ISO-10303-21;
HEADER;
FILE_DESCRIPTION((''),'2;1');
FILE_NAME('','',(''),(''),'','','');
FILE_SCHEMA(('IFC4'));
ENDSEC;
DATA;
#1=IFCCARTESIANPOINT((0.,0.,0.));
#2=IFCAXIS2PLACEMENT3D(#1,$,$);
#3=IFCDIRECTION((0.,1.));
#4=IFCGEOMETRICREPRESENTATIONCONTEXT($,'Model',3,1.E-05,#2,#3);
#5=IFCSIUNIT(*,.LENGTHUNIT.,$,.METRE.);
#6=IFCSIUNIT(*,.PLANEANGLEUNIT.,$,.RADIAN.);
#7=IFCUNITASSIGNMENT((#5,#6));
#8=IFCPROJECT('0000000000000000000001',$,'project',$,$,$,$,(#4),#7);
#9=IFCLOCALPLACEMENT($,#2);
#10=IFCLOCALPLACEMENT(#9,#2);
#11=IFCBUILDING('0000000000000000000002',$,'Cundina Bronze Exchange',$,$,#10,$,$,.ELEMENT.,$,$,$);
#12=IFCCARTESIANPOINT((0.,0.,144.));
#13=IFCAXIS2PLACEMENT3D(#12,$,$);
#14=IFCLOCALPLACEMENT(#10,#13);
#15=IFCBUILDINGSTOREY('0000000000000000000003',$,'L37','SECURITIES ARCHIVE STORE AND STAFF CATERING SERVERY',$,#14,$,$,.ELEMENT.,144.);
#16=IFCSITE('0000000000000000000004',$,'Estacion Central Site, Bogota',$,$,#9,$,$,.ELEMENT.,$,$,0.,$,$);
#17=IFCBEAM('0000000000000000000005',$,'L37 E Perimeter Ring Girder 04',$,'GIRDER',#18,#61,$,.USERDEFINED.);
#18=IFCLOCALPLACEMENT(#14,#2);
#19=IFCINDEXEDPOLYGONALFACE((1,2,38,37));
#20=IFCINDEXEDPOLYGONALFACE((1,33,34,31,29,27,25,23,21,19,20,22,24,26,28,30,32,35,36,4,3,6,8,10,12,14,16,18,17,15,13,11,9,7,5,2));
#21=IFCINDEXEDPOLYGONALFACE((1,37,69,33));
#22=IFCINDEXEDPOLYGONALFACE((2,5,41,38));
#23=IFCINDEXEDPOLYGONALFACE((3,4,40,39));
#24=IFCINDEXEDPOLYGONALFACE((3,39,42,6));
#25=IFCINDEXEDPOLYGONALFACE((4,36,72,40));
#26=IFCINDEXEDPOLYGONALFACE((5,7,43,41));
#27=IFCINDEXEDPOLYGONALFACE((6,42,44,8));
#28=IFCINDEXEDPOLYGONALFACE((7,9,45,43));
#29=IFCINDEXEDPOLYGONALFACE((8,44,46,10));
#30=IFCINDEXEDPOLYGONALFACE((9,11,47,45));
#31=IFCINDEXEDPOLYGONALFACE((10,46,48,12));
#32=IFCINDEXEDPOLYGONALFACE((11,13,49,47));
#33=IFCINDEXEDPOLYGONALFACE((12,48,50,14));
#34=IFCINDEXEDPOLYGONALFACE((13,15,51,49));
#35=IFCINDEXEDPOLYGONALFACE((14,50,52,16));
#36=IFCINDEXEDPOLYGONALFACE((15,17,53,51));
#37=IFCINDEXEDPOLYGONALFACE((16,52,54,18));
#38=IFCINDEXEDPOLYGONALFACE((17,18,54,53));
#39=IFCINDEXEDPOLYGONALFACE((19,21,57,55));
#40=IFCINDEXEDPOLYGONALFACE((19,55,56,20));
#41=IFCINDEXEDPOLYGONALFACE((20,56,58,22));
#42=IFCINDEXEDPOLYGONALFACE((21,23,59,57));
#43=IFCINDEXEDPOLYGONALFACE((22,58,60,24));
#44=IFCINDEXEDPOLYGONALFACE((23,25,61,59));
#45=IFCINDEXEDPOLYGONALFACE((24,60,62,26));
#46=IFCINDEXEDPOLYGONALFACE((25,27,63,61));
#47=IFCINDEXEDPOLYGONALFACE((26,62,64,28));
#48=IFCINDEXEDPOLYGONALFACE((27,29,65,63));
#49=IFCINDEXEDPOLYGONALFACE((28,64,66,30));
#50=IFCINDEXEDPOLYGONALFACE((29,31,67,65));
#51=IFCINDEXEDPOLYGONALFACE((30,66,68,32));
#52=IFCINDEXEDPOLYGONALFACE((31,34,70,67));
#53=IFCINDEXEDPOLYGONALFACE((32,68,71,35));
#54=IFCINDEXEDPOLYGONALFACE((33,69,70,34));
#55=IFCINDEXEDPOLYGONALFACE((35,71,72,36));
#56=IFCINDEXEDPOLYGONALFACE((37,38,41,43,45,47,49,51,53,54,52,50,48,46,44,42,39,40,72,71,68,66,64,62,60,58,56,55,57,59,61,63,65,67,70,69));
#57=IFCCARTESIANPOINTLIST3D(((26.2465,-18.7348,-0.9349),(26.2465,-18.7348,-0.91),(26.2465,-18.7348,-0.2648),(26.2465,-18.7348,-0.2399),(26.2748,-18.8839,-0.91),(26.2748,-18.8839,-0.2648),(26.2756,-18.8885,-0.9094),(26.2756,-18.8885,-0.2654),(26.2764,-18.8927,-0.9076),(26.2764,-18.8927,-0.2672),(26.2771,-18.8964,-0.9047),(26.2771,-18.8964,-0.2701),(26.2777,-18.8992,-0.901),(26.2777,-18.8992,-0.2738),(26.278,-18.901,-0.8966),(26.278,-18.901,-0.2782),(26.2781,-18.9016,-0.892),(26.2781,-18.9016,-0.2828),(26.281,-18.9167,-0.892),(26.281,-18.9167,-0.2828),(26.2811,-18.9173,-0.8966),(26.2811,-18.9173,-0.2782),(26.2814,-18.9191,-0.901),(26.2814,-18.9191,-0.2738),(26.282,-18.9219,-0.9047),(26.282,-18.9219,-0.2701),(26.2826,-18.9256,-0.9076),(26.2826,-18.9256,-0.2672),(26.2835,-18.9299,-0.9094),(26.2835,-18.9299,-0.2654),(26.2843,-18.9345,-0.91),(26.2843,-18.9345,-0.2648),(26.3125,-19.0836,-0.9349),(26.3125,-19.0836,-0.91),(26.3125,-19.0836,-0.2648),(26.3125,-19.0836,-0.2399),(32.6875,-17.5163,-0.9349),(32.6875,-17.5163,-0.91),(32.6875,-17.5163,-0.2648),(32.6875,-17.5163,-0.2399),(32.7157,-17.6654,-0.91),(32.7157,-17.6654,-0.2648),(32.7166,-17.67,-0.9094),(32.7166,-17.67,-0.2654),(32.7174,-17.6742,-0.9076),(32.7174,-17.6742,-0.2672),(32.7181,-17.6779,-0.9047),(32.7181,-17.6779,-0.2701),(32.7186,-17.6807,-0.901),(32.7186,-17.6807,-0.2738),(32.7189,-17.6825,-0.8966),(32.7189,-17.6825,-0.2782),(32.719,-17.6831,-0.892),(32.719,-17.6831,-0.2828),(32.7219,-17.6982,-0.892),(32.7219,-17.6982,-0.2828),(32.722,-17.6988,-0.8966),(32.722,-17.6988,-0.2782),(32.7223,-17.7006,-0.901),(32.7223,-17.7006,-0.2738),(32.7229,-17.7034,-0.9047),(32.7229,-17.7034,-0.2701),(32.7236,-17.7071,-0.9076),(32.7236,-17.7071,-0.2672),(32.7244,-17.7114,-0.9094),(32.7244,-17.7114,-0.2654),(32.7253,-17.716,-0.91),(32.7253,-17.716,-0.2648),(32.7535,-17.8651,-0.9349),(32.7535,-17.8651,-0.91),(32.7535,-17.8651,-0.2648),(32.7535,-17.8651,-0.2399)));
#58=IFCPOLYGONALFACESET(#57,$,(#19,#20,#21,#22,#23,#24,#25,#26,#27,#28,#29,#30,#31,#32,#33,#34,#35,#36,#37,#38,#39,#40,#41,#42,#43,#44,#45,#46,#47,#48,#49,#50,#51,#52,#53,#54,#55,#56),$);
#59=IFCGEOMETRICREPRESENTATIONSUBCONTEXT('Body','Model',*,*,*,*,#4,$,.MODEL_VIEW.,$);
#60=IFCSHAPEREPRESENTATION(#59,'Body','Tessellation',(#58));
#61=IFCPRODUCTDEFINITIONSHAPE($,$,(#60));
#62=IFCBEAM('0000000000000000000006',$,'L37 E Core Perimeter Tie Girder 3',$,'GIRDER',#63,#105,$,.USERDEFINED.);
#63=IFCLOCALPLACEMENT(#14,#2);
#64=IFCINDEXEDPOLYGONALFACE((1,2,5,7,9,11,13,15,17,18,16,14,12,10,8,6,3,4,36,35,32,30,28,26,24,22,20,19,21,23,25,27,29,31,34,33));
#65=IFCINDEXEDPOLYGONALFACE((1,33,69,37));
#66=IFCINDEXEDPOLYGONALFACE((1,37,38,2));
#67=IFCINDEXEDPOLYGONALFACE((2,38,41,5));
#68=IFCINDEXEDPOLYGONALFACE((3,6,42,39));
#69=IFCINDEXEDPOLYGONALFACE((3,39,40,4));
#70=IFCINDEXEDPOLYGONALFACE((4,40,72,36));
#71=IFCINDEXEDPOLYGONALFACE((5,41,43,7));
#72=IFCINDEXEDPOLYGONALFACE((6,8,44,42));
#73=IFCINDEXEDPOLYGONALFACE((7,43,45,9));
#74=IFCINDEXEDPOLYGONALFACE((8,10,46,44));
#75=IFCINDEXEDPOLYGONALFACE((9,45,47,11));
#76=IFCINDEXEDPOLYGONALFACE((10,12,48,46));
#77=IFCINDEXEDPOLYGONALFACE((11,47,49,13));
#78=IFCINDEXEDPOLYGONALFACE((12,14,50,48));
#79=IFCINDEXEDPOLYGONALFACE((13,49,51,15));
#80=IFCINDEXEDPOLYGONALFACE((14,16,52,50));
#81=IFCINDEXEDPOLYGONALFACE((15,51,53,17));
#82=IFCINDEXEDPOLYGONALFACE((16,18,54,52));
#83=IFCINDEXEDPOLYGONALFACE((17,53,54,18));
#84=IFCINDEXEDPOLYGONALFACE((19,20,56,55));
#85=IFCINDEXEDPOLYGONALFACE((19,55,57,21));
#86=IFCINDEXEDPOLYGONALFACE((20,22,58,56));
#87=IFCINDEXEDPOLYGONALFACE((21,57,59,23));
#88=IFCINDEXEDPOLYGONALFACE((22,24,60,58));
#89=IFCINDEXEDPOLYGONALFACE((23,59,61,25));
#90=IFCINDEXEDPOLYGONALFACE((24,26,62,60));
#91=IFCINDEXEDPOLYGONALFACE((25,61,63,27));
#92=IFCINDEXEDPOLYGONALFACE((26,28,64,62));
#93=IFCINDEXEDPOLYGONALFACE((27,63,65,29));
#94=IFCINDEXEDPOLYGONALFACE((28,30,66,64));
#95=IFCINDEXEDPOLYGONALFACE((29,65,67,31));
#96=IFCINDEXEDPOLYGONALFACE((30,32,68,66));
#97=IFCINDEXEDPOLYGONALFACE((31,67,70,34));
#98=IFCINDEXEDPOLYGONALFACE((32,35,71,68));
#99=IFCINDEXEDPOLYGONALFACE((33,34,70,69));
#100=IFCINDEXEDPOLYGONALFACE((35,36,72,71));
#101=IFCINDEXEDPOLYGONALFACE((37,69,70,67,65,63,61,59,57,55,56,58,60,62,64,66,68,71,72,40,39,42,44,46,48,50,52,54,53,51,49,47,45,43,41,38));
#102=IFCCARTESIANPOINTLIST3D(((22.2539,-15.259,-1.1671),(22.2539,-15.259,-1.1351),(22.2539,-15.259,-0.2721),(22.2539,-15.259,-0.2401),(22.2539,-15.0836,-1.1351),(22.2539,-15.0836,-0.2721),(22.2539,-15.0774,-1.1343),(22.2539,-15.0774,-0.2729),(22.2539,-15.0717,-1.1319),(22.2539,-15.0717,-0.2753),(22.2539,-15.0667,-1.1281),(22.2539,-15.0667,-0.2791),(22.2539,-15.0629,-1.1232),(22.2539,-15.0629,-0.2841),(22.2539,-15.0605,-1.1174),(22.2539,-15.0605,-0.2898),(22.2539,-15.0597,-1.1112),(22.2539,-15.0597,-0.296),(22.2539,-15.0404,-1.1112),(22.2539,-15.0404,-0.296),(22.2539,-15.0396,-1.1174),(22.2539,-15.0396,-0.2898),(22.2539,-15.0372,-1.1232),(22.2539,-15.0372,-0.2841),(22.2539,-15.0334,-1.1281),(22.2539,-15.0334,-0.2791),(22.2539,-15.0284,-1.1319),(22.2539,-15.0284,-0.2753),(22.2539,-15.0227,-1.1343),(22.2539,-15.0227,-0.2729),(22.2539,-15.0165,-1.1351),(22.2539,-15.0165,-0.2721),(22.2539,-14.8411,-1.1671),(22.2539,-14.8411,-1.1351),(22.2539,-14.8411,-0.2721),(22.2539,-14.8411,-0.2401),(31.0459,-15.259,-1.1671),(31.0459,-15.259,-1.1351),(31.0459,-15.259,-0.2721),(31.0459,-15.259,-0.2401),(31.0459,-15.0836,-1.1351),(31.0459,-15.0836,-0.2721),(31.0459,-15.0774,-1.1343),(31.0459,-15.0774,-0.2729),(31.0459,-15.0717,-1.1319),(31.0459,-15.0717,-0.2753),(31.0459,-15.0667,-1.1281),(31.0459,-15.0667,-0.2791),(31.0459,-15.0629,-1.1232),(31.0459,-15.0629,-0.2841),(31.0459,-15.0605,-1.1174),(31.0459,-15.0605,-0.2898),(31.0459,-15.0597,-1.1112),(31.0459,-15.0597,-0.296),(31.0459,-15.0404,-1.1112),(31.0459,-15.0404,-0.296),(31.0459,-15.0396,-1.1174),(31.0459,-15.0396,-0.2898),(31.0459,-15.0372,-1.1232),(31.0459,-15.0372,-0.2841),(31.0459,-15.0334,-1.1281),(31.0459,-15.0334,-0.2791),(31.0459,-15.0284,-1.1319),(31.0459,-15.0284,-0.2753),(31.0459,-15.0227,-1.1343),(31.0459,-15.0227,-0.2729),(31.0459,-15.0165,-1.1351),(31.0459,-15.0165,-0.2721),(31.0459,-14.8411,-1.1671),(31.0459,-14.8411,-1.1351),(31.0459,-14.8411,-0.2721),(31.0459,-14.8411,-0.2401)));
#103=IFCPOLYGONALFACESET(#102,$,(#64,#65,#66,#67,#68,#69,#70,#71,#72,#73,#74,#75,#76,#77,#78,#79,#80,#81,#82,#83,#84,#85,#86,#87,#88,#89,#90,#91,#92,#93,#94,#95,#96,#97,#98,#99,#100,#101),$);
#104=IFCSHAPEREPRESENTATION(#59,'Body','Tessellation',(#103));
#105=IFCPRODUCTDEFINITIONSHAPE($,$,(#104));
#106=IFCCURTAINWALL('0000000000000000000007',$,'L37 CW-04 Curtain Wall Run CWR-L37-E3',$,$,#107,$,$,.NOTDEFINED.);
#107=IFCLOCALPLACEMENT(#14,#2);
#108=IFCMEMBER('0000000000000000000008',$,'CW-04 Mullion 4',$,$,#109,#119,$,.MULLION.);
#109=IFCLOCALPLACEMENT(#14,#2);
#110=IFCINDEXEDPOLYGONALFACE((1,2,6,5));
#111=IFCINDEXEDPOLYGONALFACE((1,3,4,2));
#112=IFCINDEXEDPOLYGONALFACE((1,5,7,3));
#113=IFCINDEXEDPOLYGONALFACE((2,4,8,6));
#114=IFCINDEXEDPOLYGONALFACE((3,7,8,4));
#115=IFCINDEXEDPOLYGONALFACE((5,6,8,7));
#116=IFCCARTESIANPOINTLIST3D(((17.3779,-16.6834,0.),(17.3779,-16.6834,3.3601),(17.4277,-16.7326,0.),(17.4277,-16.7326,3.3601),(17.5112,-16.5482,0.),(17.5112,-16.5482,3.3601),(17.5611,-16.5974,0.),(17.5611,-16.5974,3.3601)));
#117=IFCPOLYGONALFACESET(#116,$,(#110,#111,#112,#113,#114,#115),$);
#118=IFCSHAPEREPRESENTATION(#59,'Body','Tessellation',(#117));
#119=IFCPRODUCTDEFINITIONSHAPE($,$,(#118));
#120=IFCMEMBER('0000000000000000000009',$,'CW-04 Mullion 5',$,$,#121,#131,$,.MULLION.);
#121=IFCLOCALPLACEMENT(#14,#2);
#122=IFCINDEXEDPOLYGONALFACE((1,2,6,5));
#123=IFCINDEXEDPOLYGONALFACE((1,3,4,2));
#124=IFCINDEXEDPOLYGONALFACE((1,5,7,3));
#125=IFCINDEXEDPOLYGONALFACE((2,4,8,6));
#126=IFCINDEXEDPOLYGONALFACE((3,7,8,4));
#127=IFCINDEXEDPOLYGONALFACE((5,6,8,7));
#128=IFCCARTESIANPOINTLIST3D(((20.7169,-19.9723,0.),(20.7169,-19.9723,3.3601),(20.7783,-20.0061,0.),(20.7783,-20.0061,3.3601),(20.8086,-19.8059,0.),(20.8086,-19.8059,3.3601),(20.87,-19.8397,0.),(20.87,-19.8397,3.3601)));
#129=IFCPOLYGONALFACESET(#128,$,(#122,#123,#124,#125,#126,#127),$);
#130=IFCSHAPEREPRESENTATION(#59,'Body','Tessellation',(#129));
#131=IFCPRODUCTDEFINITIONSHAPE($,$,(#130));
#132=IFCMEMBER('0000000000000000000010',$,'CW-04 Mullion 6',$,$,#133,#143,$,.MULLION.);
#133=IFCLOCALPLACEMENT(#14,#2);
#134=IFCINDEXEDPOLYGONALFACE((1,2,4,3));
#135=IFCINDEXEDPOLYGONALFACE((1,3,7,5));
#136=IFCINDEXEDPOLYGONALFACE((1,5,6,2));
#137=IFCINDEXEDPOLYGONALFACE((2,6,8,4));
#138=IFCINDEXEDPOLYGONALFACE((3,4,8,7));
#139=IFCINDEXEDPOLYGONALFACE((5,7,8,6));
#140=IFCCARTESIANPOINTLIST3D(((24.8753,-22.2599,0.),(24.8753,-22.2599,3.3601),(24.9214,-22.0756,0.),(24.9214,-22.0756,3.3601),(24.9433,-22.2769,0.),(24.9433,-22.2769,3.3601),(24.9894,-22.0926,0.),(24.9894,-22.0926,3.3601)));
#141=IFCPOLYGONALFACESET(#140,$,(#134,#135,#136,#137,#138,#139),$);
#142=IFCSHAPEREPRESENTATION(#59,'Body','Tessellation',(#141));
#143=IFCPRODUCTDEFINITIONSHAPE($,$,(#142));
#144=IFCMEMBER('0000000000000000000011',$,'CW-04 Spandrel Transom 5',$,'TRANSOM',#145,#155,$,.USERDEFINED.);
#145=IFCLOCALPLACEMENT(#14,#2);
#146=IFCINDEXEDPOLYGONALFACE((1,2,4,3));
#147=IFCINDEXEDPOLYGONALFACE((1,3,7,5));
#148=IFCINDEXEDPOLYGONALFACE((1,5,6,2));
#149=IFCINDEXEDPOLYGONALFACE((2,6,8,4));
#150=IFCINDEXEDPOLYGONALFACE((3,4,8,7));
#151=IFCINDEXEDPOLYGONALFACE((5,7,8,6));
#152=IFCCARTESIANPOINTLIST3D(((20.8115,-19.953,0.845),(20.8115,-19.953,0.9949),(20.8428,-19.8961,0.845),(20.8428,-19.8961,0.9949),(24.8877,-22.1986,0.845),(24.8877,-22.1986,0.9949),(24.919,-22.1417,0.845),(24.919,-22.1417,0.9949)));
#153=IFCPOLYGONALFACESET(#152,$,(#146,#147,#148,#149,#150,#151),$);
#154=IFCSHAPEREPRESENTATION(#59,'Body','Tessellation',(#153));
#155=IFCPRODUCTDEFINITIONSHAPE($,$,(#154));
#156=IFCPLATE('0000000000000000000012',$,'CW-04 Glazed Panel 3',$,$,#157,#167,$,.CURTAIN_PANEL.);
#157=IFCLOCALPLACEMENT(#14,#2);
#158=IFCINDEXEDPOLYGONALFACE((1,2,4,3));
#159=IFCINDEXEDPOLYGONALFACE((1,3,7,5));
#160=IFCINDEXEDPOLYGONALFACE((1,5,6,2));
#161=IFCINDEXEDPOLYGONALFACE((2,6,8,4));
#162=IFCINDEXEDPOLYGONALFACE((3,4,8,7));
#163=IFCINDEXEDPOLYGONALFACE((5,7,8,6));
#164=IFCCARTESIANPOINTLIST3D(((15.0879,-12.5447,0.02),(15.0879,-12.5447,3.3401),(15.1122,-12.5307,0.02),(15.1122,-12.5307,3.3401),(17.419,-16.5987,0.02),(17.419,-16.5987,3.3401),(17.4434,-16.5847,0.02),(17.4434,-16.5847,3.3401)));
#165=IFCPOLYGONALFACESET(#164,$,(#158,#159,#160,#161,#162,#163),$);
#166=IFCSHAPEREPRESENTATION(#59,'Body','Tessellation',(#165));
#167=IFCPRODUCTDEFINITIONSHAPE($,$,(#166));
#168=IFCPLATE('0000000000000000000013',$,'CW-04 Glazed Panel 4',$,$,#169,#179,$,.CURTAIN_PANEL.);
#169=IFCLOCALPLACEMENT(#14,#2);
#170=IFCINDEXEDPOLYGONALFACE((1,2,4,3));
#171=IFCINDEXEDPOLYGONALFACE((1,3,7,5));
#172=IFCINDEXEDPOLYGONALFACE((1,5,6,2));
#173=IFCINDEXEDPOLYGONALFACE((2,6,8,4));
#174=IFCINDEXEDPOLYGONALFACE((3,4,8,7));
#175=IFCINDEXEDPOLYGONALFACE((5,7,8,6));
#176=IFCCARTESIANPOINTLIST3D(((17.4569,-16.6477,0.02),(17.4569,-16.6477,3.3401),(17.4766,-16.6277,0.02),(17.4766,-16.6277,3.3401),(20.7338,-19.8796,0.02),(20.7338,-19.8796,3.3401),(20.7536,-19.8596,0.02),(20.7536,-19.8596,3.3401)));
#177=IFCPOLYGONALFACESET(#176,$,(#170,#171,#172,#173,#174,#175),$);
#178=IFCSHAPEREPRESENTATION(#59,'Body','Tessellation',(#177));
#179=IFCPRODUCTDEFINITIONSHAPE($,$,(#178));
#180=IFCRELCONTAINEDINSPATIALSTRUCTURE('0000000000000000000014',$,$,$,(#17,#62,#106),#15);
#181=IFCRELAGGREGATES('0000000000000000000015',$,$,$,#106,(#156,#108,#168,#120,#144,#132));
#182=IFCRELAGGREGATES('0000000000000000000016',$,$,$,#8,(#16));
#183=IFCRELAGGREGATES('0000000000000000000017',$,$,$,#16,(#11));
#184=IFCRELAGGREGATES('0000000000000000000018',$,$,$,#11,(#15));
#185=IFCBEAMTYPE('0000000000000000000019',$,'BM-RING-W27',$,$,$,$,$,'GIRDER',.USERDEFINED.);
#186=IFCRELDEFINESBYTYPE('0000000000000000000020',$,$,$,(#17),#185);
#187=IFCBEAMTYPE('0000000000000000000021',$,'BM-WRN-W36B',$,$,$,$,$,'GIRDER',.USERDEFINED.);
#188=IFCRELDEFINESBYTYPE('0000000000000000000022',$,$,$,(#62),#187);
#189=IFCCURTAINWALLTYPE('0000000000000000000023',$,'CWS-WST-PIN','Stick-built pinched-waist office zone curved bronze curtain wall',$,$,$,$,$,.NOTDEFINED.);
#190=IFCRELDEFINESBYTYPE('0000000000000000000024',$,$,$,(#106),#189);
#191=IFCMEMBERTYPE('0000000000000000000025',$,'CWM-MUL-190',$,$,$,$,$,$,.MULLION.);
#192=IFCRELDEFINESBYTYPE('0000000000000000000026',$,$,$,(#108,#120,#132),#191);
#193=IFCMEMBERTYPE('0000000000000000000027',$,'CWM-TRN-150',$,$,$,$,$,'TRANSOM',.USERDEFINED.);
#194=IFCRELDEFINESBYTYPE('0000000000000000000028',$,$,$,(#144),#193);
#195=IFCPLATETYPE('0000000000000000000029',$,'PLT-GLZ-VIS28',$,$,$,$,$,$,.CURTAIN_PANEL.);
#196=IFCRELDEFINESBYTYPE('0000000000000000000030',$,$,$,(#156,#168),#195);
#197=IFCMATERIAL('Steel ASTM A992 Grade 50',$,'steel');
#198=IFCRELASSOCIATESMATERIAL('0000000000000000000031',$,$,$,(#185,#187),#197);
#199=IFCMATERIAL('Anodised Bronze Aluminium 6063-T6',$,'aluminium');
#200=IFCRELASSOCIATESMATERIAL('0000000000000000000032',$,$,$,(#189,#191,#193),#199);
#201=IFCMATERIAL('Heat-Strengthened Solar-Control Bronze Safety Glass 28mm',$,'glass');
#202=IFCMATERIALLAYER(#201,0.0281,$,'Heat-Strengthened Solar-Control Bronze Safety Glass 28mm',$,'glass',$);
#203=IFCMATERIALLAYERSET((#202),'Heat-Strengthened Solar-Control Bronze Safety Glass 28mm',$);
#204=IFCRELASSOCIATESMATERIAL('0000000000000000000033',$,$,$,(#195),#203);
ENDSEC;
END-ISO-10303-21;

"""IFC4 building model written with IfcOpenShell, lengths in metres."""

from ifc_helpers import new_model, si_unit, direction, frame, origin, origin_2d, place, context, subcontext, project, spatial, rectangle, i_section, extrude, material, layer, layer_set, material_profile, profile_set, type_object, element, aggregate, save


model = new_model("IFC4")

# Units and contexts
model_context = context("Model", 3, precision=1e-05, world=origin(), true_north=direction((0.0, 1.0)))
body_context = subcontext(model_context, "Body", "Model", "MODEL_VIEW")
ifc_project = project(units=[si_unit("LENGTHUNIT", "METRE"), si_unit("PLANEANGLEUNIT", "RADIAN")], contexts=[model_context])

# Site, building, storey
site_placement = place(None, origin())
site = spatial("IfcSite", under=ifc_project, at=site_placement, Name="Estacion Central Site, Bogota", CompositionType="ELEMENT", RefElevation=0.0)
building_placement = place(site_placement, origin())
building = spatial("IfcBuilding", under=site, at=building_placement, Name="Cundina Bronze Exchange", CompositionType="ELEMENT")
storey_placement = place(building_placement, frame((0.0, 0.0, 144.0)))
storey = spatial("IfcBuildingStorey", under=building, at=storey_placement, Name="L37", Description="SECURITIES ARCHIVE STORE AND STAFF CATERING SERVERY", CompositionType="ELEMENT", Elevation=144.0)

# Shared definitions
ifc_material_1 = material(Name="Steel ASTM A992 Grade 50", Category="steel")

# Beams
ifc_material_profile_1 = material_profile(ifc_material_1, i_section(OverallWidth=0.355, OverallDepth=0.6951, WebThickness=0.0154, FlangeThickness=0.0249, FilletRadius=0.0181, at=origin_2d()), Name="W27X146", Category="steel")
ifc_profile_set_1 = profile_set([ifc_material_profile_1], Name="Steel ASTM A992 Grade 50")
beam_type_1 = type_object("IfcBeamType", Name="BM-RING-W27", ElementType="GIRDER", PredefinedType="USERDEFINED", material=ifc_profile_set_1)
beam_1_placement = place(storey_placement, frame((26.2795, -18.9092, -0.5874), z_axis=(0.982572, 0.185885, 0.0), x_axis=(-0.185885, 0.982572, 0.0)))
element("IfcBeam", 1, at=beam_1_placement, inside=storey, type_object=beam_type_1, Name="L37 E Perimeter Ring Girder 04", ObjectType="GIRDER", PredefinedType="USERDEFINED", context=body_context, shape_type="SweptSolid", body=[
    extrude(i_section(OverallWidth=0.355, OverallDepth=0.6951, WebThickness=0.0154, FlangeThickness=0.0249, FilletRadius=0.0181, at=origin_2d()), origin(), (0.0, 0.0, 1.0), 6.5552),
])
ifc_material_profile_2 = material_profile(ifc_material_1, i_section(OverallWidth=0.418, OverallDepth=0.927, WebThickness=0.0193, FlangeThickness=0.032, FilletRadius=0.0239, at=origin_2d()), Name="W36X231", Category="steel")
ifc_profile_set_2 = profile_set([ifc_material_profile_2], Name="Steel ASTM A992 Grade 50")
beam_type_2 = type_object("IfcBeamType", Name="BM-WRN-W36B", ElementType="GIRDER", PredefinedType="USERDEFINED", material=ifc_profile_set_2)
beam_2_placement = place(storey_placement, frame((22.2539, -15.05, -0.7036), z_axis=(1.0, 0.0, 0.0), x_axis=(0.0, 1.0, 0.0)))
element("IfcBeam", 2, at=beam_2_placement, inside=storey, type_object=beam_type_2, Name="L37 E Core Perimeter Tie Girder 3", ObjectType="GIRDER", PredefinedType="USERDEFINED", context=body_context, shape_type="SweptSolid", body=[
    extrude(i_section(OverallWidth=0.418, OverallDepth=0.927, WebThickness=0.0193, FlangeThickness=0.032, FilletRadius=0.0239, at=origin_2d()), origin(), (0.0, 0.0, 1.0), 8.792),
])

# Curtain wall, members, plates
ifc_material_2 = material(Name="Anodised Bronze Aluminium 6063-T6", Category="aluminium")
curtain_wall_type = type_object("IfcCurtainWallType", Name="CWS-WST-PIN", Description="Stick-built pinched-waist office zone curved bronze curtain wall", PredefinedType="NOTDEFINED", material=ifc_material_2)
curtain_wall_placement = place(storey_placement, origin())
curtain_wall = element("IfcCurtainWall", 3, at=curtain_wall_placement, inside=storey, type_object=curtain_wall_type, Name="L37 CW-04 Curtain Wall Run CWR-L37-E3", PredefinedType="NOTDEFINED")
ifc_material_profile_3 = material_profile(ifc_material_2, rectangle(XDim=0.0701, YDim=0.1899, at=origin_2d()), Name="AL70X190", Category="aluminium")
ifc_profile_set_3 = profile_set([ifc_material_profile_3], Name="Anodised Bronze Aluminium 6063-T6")
member_type_1 = type_object("IfcMemberType", Name="CWM-MUL-190", PredefinedType="MULLION", material=ifc_profile_set_3)
member_1_placement = place(storey_placement, frame((17.4695, -16.6404, 0.0), z_axis=(0.0, 0.0, 1.0), x_axis=(0.712026, -0.702153, 0.0)))
member_1 = element("IfcMember", 4, at=member_1_placement, type_object=member_type_1, Name="CW-04 Mullion 4", PredefinedType="MULLION", context=body_context, shape_type="SweptSolid", body=[
    extrude(rectangle(XDim=0.0701, YDim=0.1899, at=origin_2d()), origin(), (0.0, 0.0, 1.0), 3.3601),
])
member_2_placement = place(storey_placement, frame((20.7935, -19.906, 0.0), z_axis=(0.0, 0.0, 1.0), x_axis=(0.875886, -0.482518, 0.0)))
member_2 = element("IfcMember", 5, at=member_2_placement, type_object=member_type_1, Name="CW-04 Mullion 5", PredefinedType="MULLION", context=body_context, shape_type="SweptSolid", body=[
    extrude(rectangle(XDim=0.0701, YDim=0.1899, at=origin_2d()), origin(), (0.0, 0.0, 1.0), 3.3601),
])
member_3_placement = place(storey_placement, frame((24.9324, -22.1763, 0.0), z_axis=(0.0, 0.0, 1.0), x_axis=(0.970084, -0.242769, 0.0)))
member_3 = element("IfcMember", 6, at=member_3_placement, type_object=member_type_1, Name="CW-04 Mullion 6", PredefinedType="MULLION", context=body_context, shape_type="SweptSolid", body=[
    extrude(rectangle(XDim=0.0701, YDim=0.1899, at=origin_2d()), origin(), (0.0, 0.0, 1.0), 3.3601),
])
ifc_material_profile_4 = material_profile(ifc_material_2, rectangle(XDim=0.0649, YDim=0.1499, at=origin_2d()), Name="AL65X150", Category="aluminium")
ifc_profile_set_4 = profile_set([ifc_material_profile_4], Name="Anodised Bronze Aluminium 6063-T6")
member_type_2 = type_object("IfcMemberType", Name="CWM-TRN-150", ElementType="TRANSOM", PredefinedType="USERDEFINED", material=ifc_profile_set_4)
member_4_placement = place(storey_placement, frame((20.8271, -19.9246, 0.9199), z_axis=(0.875879, -0.482531, 0.0), x_axis=(0.482531, 0.875879, 0.0)))
member_4 = element("IfcMember", 7, at=member_4_placement, type_object=member_type_2, Name="CW-04 Spandrel Transom 5", ObjectType="TRANSOM", PredefinedType="USERDEFINED", context=body_context, shape_type="SweptSolid", body=[
    extrude(rectangle(XDim=0.0649, YDim=0.1499, at=origin_2d()), origin(), (0.0, 0.0, 1.0), 4.6538),
])
ifc_material_3 = material(Name="Heat-Strengthened Solar-Control Bronze Safety Glass 28mm", Category="glass")
ifc_layer_1 = layer(ifc_material_3, 0.0281, Name="Heat-Strengthened Solar-Control Bronze Safety Glass 28mm", Category="glass")
ifc_layer_set_1 = layer_set([ifc_layer_1], Name="Heat-Strengthened Solar-Control Bronze Safety Glass 28mm")
plate_type_1 = type_object("IfcPlateType", Name="PLT-GLZ-VIS28", PredefinedType="CURTAIN_PANEL", material=ifc_layer_set_1)
plate_1_placement = place(storey_placement, frame((16.2656, -14.5647, 0.02), z_axis=(0.0, 0.0, 1.0), x_axis=(0.498488, -0.866897, 0.0)))
plate_1 = element("IfcPlate", 8, at=plate_1_placement, type_object=plate_type_1, Name="CW-04 Glazed Panel 3", PredefinedType="CURTAIN_PANEL", context=body_context, shape_type="SweptSolid", body=[
    extrude(rectangle(XDim=4.6765, YDim=0.0281, at=origin_2d()), origin(), (0.0, 0.0, 1.0), 3.3201),
])
plate_2_placement = place(storey_placement, frame((19.1052, -18.2537, 0.02), z_axis=(0.0, 0.0, 1.0), x_axis=(0.711989, -0.70219, 0.0)))
plate_2 = element("IfcPlate", 9, at=plate_2_placement, type_object=plate_type_1, Name="CW-04 Glazed Panel 4", PredefinedType="CURTAIN_PANEL", context=body_context, shape_type="SweptSolid", body=[
    extrude(rectangle(XDim=4.6025, YDim=0.0281, at=origin_2d()), origin(), (0.0, 0.0, 1.0), 3.3201),
])
aggregate(curtain_wall, [plate_1, member_1, plate_2, member_2, member_4, member_3])

save(model, "model.ifc")
